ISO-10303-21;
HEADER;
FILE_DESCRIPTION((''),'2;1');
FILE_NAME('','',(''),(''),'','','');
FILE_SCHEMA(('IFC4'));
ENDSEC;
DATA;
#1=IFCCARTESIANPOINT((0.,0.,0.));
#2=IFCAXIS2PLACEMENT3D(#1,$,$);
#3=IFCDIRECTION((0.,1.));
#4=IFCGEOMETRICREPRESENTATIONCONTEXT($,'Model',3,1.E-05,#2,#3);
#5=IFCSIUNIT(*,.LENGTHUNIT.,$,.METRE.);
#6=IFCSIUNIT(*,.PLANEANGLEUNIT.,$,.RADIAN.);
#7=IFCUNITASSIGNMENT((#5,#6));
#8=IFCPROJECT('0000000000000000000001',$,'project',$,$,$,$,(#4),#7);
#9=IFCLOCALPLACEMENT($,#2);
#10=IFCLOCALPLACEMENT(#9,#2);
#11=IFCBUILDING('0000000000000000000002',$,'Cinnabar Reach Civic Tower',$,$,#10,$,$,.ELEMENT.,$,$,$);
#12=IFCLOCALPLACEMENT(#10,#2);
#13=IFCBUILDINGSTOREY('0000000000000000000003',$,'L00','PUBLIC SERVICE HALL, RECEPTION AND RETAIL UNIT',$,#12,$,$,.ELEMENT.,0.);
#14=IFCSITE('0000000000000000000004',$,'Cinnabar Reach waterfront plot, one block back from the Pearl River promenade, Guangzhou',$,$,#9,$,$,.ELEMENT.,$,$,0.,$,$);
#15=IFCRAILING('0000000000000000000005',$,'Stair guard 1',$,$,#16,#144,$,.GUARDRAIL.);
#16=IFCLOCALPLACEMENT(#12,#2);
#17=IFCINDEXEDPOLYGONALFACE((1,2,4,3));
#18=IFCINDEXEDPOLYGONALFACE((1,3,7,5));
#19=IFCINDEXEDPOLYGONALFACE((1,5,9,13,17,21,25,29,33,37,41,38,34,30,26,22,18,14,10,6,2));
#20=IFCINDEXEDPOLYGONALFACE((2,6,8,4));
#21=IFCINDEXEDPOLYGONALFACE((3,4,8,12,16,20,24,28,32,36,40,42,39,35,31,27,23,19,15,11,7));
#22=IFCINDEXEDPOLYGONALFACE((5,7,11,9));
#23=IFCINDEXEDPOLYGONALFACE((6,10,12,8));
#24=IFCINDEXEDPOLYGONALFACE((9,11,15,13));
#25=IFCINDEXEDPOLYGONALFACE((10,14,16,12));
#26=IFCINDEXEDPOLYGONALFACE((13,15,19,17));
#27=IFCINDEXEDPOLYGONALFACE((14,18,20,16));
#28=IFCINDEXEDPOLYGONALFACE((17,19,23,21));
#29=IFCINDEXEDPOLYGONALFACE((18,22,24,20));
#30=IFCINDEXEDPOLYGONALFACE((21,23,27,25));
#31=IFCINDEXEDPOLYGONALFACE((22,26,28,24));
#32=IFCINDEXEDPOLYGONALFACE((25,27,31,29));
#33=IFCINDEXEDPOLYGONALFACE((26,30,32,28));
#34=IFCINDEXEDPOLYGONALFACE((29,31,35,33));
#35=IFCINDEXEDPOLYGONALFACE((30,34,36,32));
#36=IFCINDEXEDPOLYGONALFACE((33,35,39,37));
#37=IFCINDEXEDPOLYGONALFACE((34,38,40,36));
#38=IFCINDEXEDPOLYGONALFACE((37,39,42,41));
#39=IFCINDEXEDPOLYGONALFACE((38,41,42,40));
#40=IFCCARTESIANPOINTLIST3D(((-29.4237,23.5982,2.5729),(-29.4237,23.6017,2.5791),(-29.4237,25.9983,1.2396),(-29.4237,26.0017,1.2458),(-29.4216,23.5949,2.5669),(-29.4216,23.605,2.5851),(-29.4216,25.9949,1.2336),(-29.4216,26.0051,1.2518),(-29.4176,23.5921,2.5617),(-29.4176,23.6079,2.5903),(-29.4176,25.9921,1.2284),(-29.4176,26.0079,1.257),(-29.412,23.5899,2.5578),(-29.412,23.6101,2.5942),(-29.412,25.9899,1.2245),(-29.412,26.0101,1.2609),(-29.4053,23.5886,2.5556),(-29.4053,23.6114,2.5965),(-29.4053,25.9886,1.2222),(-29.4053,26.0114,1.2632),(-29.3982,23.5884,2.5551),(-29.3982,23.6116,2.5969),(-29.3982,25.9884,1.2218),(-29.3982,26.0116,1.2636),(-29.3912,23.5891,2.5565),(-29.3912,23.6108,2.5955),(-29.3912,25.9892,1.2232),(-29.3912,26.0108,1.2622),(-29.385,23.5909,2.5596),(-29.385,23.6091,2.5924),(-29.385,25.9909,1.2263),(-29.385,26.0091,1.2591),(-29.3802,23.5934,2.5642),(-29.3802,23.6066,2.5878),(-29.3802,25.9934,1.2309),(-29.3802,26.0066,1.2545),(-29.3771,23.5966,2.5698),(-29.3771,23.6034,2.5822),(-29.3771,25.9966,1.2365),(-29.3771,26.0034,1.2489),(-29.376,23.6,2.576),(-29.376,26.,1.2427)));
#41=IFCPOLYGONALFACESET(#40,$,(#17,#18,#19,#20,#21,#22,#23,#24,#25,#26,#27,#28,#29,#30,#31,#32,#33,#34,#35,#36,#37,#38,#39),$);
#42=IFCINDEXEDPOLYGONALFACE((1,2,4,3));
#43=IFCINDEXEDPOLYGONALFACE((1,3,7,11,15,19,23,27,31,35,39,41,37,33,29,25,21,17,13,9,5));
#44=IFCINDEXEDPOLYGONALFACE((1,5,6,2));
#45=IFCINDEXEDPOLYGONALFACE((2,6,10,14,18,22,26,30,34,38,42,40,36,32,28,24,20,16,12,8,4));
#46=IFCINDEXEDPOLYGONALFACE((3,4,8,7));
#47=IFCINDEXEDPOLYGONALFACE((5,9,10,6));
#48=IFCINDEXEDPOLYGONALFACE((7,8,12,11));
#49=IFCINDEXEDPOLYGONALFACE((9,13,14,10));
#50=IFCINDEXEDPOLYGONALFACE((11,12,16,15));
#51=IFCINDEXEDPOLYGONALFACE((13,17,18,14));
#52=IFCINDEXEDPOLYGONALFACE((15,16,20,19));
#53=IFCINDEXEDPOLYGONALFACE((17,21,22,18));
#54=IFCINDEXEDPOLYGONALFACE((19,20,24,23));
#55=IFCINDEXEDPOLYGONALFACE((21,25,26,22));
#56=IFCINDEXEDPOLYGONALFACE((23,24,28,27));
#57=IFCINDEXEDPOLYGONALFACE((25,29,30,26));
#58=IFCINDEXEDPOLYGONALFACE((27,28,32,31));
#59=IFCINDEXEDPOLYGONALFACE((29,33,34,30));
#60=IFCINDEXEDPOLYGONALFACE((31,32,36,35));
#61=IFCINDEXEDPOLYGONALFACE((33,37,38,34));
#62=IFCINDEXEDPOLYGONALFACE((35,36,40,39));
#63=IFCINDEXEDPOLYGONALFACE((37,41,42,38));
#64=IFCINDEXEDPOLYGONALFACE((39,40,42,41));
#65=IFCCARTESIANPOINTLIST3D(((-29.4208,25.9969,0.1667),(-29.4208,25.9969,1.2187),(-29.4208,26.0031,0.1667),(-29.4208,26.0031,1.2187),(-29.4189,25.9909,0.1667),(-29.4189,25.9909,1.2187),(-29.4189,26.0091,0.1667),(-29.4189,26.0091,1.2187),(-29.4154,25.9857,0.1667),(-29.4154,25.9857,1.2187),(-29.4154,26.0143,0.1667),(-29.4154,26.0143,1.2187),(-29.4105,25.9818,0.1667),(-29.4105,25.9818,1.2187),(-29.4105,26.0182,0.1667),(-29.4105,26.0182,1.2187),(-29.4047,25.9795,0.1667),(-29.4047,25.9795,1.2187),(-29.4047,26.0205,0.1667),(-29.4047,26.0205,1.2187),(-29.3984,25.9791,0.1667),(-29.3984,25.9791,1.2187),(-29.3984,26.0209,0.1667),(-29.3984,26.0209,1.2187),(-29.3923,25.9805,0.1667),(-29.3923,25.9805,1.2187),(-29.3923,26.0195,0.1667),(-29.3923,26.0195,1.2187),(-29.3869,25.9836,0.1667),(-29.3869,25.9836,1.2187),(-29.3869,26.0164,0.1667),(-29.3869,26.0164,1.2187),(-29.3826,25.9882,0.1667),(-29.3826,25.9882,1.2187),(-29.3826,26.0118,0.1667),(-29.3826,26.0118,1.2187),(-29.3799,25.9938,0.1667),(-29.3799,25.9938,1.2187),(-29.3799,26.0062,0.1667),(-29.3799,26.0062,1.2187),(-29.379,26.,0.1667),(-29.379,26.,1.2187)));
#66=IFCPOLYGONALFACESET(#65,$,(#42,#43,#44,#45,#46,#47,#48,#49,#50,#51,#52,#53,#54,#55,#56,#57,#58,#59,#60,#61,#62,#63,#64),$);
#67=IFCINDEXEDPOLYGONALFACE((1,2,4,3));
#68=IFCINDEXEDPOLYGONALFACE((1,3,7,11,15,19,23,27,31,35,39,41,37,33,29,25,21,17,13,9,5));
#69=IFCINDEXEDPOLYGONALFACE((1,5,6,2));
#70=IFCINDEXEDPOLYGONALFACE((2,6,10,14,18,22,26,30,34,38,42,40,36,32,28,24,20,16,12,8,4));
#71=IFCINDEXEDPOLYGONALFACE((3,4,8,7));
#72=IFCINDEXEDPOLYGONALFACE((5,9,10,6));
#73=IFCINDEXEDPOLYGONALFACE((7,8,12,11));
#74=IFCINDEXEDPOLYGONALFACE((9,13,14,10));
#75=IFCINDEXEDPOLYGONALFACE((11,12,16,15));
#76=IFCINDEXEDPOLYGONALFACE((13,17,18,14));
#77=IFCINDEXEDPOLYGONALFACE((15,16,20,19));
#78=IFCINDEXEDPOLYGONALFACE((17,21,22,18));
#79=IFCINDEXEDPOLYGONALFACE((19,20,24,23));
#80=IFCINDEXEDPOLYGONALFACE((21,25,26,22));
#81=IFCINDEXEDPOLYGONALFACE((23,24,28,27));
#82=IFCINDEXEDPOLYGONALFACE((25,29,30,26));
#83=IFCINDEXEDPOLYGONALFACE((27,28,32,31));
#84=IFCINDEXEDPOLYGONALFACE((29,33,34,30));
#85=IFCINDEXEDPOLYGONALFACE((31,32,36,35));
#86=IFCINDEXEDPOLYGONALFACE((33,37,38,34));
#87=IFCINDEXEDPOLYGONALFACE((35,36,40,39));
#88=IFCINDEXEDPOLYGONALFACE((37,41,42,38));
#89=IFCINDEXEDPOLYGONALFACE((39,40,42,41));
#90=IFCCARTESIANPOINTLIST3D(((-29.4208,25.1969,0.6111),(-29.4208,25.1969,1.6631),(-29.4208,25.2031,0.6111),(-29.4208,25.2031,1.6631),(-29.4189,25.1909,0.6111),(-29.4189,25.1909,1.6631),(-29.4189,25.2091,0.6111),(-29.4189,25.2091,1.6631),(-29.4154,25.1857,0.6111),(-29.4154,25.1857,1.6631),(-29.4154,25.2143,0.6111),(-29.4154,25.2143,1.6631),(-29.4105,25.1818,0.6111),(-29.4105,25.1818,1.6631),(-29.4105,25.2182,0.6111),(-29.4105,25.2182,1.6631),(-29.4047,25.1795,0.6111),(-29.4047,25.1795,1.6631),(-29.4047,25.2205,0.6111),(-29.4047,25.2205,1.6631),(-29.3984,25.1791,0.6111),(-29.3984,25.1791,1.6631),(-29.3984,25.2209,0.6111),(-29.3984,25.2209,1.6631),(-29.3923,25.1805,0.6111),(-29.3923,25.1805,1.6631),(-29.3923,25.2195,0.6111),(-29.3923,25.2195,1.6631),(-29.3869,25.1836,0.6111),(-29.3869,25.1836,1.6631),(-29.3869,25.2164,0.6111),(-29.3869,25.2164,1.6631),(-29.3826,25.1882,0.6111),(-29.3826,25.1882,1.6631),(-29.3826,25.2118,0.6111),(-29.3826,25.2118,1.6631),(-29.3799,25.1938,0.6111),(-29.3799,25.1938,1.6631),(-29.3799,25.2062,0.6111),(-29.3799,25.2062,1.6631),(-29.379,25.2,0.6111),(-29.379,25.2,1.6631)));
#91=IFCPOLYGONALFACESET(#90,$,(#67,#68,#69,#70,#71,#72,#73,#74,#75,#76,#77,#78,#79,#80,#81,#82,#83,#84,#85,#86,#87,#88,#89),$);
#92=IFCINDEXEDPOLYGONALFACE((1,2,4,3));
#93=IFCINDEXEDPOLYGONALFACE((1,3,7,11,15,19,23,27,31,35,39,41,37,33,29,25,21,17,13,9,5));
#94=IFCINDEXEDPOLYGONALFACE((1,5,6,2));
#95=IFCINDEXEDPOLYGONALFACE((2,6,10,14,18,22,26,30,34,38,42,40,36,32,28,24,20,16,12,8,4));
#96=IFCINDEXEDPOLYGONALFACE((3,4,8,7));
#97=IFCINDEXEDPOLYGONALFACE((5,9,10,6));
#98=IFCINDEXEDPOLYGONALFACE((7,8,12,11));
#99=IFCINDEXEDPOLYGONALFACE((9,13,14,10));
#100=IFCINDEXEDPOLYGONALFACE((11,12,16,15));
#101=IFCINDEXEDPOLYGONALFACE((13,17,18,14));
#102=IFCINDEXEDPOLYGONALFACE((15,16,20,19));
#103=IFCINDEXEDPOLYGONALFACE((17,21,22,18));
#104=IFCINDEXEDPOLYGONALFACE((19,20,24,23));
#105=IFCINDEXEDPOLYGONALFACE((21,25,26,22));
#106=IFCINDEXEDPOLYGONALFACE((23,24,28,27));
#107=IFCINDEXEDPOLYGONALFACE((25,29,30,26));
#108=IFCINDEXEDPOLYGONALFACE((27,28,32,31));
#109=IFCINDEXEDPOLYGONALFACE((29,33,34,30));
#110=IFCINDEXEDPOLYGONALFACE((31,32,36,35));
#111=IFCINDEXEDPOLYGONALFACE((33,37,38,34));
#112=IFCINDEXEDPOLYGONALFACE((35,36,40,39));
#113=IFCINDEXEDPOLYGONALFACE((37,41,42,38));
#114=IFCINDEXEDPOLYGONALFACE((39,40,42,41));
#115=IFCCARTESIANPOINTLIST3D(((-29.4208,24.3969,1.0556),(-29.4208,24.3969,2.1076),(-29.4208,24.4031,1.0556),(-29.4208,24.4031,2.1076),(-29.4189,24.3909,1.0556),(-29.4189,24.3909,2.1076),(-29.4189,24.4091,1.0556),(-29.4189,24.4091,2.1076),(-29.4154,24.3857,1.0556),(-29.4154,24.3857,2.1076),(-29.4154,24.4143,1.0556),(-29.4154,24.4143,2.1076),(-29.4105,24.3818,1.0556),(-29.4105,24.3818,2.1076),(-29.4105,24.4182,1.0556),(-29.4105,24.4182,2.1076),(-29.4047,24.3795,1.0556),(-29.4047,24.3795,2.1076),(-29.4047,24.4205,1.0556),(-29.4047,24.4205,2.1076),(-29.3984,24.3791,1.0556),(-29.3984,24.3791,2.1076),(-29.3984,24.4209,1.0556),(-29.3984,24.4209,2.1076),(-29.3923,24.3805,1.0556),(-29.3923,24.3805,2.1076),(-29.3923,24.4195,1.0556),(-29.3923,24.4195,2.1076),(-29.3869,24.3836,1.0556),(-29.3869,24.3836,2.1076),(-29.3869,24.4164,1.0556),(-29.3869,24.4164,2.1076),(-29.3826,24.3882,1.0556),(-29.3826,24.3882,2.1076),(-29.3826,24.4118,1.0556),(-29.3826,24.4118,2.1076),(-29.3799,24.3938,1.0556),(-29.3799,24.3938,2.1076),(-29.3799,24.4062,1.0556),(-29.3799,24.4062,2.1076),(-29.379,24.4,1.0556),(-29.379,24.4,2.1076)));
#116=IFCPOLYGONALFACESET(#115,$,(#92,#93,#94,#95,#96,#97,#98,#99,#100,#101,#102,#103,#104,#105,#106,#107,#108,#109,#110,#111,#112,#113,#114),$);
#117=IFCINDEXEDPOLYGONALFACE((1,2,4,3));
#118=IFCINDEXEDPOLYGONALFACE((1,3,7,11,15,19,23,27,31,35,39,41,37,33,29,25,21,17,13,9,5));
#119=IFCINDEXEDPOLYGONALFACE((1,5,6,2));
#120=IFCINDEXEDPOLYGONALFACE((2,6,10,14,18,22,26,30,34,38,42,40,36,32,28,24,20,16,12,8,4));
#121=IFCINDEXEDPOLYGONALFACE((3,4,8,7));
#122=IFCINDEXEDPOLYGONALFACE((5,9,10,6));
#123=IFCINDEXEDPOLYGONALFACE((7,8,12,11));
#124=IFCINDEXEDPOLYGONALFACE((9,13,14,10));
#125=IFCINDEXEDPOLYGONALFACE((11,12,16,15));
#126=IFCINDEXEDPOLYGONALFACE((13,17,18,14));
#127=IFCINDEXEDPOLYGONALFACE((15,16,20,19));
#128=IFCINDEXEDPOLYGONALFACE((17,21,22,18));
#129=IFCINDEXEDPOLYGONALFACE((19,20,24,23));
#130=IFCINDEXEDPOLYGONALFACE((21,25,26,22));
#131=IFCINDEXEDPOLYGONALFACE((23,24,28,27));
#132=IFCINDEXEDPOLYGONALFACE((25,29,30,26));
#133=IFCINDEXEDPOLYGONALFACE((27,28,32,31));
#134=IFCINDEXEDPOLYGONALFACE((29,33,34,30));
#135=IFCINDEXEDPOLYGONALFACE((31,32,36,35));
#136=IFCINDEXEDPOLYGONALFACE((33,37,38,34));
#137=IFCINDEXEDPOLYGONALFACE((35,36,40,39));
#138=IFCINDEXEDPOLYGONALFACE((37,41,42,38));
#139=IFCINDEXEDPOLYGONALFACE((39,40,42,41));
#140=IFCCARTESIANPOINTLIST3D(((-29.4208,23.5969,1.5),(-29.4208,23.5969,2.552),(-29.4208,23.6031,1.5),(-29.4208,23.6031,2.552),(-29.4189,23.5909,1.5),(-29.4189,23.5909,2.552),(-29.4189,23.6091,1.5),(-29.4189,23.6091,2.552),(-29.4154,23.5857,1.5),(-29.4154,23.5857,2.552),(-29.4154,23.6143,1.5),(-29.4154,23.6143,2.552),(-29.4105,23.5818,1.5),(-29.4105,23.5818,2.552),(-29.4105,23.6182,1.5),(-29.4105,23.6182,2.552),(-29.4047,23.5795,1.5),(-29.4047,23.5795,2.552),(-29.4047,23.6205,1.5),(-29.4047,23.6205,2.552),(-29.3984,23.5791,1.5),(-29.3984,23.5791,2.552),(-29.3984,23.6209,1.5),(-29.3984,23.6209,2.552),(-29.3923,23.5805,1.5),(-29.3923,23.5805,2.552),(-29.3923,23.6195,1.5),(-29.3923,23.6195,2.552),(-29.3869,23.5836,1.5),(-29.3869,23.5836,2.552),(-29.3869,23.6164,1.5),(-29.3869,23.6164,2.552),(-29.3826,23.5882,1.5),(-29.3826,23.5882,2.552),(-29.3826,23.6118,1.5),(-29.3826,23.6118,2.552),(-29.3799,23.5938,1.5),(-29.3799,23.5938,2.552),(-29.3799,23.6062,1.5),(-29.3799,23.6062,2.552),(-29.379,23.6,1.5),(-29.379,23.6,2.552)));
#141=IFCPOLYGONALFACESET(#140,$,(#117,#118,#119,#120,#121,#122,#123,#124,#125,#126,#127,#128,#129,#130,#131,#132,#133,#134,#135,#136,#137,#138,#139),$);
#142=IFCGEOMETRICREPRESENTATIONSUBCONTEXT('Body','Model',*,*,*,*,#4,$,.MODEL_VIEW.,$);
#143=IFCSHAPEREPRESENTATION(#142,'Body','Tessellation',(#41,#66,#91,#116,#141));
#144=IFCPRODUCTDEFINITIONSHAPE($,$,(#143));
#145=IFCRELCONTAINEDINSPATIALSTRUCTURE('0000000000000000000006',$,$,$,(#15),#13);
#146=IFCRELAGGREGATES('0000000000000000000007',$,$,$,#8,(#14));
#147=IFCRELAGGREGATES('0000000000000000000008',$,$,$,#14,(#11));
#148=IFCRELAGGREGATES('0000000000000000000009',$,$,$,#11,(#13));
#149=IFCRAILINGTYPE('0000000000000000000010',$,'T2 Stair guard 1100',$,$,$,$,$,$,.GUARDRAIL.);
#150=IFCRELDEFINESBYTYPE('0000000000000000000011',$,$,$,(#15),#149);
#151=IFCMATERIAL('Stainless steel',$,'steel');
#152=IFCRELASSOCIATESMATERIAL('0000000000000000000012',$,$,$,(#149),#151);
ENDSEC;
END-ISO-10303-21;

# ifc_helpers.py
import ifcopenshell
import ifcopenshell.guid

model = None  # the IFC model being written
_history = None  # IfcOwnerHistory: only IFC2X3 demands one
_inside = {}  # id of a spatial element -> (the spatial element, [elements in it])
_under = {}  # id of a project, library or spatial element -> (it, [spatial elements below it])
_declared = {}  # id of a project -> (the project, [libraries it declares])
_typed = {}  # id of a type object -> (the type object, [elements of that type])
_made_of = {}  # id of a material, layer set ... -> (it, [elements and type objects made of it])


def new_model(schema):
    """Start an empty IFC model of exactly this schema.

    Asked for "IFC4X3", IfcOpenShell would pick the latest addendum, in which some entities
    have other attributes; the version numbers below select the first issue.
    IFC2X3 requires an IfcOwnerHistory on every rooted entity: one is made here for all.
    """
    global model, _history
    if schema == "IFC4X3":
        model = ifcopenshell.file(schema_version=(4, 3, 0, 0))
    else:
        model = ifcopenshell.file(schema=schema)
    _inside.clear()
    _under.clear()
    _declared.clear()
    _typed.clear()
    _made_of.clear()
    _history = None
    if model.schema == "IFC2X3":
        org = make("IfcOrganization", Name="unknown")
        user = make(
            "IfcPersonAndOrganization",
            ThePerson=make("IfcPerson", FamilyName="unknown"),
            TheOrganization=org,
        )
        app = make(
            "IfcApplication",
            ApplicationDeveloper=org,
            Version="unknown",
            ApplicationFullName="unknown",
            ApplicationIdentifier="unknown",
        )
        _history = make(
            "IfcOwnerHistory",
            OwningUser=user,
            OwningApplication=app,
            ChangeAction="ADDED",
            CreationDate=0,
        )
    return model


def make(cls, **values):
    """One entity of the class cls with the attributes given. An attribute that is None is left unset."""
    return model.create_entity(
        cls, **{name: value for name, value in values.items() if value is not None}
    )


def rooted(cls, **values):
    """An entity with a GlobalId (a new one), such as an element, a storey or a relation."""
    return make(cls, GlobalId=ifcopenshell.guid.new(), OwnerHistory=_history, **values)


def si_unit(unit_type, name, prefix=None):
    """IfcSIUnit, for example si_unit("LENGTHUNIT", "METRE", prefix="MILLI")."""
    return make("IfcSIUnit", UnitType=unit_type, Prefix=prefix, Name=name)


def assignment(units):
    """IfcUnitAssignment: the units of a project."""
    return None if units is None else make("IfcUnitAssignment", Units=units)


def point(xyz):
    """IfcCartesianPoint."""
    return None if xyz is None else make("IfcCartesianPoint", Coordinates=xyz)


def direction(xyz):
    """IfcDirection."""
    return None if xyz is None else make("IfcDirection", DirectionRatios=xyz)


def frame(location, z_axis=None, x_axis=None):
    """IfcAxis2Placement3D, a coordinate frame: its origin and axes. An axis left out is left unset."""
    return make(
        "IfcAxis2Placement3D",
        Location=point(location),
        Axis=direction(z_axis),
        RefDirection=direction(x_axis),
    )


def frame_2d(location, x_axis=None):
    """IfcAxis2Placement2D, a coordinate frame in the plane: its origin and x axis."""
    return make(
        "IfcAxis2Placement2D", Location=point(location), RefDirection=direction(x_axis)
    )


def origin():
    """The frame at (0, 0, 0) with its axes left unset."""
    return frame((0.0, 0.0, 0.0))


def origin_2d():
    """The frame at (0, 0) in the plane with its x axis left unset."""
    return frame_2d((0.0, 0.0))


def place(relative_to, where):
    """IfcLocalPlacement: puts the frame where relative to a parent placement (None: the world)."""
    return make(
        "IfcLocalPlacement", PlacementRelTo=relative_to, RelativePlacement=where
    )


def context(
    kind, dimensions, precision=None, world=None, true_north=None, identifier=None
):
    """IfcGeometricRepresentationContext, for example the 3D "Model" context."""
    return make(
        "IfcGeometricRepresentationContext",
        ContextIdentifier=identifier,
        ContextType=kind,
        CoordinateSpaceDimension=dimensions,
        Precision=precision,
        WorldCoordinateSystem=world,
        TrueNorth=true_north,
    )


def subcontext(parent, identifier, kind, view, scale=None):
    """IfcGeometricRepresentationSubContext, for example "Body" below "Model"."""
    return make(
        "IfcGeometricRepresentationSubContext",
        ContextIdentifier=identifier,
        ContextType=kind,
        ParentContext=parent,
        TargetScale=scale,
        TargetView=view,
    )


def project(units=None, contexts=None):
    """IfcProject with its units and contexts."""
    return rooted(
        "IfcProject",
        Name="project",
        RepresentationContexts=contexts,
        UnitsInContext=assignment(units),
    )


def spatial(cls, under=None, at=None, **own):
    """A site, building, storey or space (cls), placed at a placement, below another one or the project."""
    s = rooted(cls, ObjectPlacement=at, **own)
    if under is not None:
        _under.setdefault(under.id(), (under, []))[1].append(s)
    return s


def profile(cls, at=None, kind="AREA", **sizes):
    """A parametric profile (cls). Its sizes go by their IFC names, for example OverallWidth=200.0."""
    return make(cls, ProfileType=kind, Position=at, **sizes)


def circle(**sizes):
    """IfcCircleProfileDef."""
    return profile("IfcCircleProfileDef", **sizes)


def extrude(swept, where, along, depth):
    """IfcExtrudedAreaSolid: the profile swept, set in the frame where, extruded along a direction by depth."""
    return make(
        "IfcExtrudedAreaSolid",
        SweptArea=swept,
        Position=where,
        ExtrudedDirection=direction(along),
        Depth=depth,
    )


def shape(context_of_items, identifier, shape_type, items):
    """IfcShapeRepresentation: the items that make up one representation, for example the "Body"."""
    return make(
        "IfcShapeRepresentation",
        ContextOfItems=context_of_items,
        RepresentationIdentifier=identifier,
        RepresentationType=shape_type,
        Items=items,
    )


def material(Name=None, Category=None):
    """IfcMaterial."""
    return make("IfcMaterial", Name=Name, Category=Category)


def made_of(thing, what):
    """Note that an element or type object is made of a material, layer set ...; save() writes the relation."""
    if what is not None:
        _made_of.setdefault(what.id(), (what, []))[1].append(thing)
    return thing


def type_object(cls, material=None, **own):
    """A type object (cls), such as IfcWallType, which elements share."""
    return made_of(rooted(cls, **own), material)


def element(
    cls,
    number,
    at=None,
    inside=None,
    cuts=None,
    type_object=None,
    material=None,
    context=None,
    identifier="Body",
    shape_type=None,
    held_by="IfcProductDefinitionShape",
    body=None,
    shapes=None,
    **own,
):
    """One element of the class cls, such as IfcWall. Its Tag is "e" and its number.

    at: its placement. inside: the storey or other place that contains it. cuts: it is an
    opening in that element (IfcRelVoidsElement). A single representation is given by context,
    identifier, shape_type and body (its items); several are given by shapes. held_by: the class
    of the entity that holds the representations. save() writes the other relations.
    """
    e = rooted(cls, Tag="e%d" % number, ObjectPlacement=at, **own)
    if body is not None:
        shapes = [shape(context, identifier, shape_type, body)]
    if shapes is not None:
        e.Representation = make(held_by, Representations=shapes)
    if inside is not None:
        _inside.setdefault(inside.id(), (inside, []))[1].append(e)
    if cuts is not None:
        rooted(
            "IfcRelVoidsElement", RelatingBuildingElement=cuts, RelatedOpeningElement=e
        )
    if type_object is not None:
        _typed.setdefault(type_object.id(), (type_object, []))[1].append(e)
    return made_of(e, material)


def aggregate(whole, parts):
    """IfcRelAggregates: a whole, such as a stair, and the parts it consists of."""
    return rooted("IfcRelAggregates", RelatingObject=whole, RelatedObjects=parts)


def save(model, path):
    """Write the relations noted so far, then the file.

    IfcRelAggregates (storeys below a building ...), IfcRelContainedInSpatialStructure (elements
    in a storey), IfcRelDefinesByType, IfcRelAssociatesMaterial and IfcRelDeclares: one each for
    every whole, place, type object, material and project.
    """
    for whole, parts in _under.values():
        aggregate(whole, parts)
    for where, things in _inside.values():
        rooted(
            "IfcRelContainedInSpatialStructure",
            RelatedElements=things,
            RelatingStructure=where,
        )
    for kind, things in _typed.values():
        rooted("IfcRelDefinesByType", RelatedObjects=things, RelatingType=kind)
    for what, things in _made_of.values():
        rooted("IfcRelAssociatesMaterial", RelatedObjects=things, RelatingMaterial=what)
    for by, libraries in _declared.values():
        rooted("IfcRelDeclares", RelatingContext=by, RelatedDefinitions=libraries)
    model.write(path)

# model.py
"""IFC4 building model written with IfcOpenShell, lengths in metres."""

from ifc_helpers import new_model, si_unit, direction, frame, origin, origin_2d, place, context, subcontext, project, spatial, circle, extrude, material, type_object, element, save


model = new_model("IFC4")

# Units and contexts
model_context = context("Model", 3, precision=1e-05, world=origin(), true_north=direction((0.0, 1.0)))
body_context = subcontext(model_context, "Body", "Model", "MODEL_VIEW")
ifc_project = project(units=[si_unit("LENGTHUNIT", "METRE"), si_unit("PLANEANGLEUNIT", "RADIAN")], contexts=[model_context])

# Site, building, storey
site_placement = place(None, origin())
site = spatial("IfcSite", under=ifc_project, at=site_placement, Name="Cinnabar Reach waterfront plot, one block back from the Pearl River promenade, Guangzhou", CompositionType="ELEMENT", RefElevation=0.0)
building_placement = place(site_placement, origin())
building = spatial("IfcBuilding", under=site, at=building_placement, Name="Cinnabar Reach Civic Tower", CompositionType="ELEMENT")
storey_placement = place(building_placement, origin())
storey = spatial("IfcBuildingStorey", under=building, at=storey_placement, Name="L00", Description="PUBLIC SERVICE HALL, RECEPTION AND RETAIL UNIT", CompositionType="ELEMENT", Elevation=0.0)

# Railing
ifc_material_1 = material(Name="Stainless steel", Category="steel")
railing_type = type_object("IfcRailingType", Name="T2 Stair guard 1100", PredefinedType="GUARDRAIL", material=ifc_material_1)
railing_1_placement = place(storey_placement, frame((-29.4, 26.0, 0.1667)))
element("IfcRailing", 1, at=railing_1_placement, inside=storey, type_object=railing_type, Name="Stair guard 1", PredefinedType="GUARDRAIL", context=body_context, shape_type="SweptSolid", body=[
    extrude(circle(Radius=0.024, at=origin_2d()), frame((0.0, 0.0, 1.076), z_axis=(0.0, -0.874162, 0.485634), x_axis=(1.0, 0.0, 0.0)), (0.0, 0.0, 1.0), 2.7455),
    extrude(circle(Radius=0.021, at=origin_2d()), origin(), (0.0, 0.0, 1.0), 1.052),
    extrude(circle(Radius=0.021, at=origin_2d()), frame((0.0, -0.8, 0.4444)), (0.0, 0.0, 1.0), 1.052),
    extrude(circle(Radius=0.021, at=origin_2d()), frame((0.0, -1.6, 0.8889)), (0.0, 0.0, 1.0), 1.052),
    extrude(circle(Radius=0.021, at=origin_2d()), frame((0.0, -2.4, 1.3333)), (0.0, 0.0, 1.0), 1.052),
])

save(model, "model.ifc")
